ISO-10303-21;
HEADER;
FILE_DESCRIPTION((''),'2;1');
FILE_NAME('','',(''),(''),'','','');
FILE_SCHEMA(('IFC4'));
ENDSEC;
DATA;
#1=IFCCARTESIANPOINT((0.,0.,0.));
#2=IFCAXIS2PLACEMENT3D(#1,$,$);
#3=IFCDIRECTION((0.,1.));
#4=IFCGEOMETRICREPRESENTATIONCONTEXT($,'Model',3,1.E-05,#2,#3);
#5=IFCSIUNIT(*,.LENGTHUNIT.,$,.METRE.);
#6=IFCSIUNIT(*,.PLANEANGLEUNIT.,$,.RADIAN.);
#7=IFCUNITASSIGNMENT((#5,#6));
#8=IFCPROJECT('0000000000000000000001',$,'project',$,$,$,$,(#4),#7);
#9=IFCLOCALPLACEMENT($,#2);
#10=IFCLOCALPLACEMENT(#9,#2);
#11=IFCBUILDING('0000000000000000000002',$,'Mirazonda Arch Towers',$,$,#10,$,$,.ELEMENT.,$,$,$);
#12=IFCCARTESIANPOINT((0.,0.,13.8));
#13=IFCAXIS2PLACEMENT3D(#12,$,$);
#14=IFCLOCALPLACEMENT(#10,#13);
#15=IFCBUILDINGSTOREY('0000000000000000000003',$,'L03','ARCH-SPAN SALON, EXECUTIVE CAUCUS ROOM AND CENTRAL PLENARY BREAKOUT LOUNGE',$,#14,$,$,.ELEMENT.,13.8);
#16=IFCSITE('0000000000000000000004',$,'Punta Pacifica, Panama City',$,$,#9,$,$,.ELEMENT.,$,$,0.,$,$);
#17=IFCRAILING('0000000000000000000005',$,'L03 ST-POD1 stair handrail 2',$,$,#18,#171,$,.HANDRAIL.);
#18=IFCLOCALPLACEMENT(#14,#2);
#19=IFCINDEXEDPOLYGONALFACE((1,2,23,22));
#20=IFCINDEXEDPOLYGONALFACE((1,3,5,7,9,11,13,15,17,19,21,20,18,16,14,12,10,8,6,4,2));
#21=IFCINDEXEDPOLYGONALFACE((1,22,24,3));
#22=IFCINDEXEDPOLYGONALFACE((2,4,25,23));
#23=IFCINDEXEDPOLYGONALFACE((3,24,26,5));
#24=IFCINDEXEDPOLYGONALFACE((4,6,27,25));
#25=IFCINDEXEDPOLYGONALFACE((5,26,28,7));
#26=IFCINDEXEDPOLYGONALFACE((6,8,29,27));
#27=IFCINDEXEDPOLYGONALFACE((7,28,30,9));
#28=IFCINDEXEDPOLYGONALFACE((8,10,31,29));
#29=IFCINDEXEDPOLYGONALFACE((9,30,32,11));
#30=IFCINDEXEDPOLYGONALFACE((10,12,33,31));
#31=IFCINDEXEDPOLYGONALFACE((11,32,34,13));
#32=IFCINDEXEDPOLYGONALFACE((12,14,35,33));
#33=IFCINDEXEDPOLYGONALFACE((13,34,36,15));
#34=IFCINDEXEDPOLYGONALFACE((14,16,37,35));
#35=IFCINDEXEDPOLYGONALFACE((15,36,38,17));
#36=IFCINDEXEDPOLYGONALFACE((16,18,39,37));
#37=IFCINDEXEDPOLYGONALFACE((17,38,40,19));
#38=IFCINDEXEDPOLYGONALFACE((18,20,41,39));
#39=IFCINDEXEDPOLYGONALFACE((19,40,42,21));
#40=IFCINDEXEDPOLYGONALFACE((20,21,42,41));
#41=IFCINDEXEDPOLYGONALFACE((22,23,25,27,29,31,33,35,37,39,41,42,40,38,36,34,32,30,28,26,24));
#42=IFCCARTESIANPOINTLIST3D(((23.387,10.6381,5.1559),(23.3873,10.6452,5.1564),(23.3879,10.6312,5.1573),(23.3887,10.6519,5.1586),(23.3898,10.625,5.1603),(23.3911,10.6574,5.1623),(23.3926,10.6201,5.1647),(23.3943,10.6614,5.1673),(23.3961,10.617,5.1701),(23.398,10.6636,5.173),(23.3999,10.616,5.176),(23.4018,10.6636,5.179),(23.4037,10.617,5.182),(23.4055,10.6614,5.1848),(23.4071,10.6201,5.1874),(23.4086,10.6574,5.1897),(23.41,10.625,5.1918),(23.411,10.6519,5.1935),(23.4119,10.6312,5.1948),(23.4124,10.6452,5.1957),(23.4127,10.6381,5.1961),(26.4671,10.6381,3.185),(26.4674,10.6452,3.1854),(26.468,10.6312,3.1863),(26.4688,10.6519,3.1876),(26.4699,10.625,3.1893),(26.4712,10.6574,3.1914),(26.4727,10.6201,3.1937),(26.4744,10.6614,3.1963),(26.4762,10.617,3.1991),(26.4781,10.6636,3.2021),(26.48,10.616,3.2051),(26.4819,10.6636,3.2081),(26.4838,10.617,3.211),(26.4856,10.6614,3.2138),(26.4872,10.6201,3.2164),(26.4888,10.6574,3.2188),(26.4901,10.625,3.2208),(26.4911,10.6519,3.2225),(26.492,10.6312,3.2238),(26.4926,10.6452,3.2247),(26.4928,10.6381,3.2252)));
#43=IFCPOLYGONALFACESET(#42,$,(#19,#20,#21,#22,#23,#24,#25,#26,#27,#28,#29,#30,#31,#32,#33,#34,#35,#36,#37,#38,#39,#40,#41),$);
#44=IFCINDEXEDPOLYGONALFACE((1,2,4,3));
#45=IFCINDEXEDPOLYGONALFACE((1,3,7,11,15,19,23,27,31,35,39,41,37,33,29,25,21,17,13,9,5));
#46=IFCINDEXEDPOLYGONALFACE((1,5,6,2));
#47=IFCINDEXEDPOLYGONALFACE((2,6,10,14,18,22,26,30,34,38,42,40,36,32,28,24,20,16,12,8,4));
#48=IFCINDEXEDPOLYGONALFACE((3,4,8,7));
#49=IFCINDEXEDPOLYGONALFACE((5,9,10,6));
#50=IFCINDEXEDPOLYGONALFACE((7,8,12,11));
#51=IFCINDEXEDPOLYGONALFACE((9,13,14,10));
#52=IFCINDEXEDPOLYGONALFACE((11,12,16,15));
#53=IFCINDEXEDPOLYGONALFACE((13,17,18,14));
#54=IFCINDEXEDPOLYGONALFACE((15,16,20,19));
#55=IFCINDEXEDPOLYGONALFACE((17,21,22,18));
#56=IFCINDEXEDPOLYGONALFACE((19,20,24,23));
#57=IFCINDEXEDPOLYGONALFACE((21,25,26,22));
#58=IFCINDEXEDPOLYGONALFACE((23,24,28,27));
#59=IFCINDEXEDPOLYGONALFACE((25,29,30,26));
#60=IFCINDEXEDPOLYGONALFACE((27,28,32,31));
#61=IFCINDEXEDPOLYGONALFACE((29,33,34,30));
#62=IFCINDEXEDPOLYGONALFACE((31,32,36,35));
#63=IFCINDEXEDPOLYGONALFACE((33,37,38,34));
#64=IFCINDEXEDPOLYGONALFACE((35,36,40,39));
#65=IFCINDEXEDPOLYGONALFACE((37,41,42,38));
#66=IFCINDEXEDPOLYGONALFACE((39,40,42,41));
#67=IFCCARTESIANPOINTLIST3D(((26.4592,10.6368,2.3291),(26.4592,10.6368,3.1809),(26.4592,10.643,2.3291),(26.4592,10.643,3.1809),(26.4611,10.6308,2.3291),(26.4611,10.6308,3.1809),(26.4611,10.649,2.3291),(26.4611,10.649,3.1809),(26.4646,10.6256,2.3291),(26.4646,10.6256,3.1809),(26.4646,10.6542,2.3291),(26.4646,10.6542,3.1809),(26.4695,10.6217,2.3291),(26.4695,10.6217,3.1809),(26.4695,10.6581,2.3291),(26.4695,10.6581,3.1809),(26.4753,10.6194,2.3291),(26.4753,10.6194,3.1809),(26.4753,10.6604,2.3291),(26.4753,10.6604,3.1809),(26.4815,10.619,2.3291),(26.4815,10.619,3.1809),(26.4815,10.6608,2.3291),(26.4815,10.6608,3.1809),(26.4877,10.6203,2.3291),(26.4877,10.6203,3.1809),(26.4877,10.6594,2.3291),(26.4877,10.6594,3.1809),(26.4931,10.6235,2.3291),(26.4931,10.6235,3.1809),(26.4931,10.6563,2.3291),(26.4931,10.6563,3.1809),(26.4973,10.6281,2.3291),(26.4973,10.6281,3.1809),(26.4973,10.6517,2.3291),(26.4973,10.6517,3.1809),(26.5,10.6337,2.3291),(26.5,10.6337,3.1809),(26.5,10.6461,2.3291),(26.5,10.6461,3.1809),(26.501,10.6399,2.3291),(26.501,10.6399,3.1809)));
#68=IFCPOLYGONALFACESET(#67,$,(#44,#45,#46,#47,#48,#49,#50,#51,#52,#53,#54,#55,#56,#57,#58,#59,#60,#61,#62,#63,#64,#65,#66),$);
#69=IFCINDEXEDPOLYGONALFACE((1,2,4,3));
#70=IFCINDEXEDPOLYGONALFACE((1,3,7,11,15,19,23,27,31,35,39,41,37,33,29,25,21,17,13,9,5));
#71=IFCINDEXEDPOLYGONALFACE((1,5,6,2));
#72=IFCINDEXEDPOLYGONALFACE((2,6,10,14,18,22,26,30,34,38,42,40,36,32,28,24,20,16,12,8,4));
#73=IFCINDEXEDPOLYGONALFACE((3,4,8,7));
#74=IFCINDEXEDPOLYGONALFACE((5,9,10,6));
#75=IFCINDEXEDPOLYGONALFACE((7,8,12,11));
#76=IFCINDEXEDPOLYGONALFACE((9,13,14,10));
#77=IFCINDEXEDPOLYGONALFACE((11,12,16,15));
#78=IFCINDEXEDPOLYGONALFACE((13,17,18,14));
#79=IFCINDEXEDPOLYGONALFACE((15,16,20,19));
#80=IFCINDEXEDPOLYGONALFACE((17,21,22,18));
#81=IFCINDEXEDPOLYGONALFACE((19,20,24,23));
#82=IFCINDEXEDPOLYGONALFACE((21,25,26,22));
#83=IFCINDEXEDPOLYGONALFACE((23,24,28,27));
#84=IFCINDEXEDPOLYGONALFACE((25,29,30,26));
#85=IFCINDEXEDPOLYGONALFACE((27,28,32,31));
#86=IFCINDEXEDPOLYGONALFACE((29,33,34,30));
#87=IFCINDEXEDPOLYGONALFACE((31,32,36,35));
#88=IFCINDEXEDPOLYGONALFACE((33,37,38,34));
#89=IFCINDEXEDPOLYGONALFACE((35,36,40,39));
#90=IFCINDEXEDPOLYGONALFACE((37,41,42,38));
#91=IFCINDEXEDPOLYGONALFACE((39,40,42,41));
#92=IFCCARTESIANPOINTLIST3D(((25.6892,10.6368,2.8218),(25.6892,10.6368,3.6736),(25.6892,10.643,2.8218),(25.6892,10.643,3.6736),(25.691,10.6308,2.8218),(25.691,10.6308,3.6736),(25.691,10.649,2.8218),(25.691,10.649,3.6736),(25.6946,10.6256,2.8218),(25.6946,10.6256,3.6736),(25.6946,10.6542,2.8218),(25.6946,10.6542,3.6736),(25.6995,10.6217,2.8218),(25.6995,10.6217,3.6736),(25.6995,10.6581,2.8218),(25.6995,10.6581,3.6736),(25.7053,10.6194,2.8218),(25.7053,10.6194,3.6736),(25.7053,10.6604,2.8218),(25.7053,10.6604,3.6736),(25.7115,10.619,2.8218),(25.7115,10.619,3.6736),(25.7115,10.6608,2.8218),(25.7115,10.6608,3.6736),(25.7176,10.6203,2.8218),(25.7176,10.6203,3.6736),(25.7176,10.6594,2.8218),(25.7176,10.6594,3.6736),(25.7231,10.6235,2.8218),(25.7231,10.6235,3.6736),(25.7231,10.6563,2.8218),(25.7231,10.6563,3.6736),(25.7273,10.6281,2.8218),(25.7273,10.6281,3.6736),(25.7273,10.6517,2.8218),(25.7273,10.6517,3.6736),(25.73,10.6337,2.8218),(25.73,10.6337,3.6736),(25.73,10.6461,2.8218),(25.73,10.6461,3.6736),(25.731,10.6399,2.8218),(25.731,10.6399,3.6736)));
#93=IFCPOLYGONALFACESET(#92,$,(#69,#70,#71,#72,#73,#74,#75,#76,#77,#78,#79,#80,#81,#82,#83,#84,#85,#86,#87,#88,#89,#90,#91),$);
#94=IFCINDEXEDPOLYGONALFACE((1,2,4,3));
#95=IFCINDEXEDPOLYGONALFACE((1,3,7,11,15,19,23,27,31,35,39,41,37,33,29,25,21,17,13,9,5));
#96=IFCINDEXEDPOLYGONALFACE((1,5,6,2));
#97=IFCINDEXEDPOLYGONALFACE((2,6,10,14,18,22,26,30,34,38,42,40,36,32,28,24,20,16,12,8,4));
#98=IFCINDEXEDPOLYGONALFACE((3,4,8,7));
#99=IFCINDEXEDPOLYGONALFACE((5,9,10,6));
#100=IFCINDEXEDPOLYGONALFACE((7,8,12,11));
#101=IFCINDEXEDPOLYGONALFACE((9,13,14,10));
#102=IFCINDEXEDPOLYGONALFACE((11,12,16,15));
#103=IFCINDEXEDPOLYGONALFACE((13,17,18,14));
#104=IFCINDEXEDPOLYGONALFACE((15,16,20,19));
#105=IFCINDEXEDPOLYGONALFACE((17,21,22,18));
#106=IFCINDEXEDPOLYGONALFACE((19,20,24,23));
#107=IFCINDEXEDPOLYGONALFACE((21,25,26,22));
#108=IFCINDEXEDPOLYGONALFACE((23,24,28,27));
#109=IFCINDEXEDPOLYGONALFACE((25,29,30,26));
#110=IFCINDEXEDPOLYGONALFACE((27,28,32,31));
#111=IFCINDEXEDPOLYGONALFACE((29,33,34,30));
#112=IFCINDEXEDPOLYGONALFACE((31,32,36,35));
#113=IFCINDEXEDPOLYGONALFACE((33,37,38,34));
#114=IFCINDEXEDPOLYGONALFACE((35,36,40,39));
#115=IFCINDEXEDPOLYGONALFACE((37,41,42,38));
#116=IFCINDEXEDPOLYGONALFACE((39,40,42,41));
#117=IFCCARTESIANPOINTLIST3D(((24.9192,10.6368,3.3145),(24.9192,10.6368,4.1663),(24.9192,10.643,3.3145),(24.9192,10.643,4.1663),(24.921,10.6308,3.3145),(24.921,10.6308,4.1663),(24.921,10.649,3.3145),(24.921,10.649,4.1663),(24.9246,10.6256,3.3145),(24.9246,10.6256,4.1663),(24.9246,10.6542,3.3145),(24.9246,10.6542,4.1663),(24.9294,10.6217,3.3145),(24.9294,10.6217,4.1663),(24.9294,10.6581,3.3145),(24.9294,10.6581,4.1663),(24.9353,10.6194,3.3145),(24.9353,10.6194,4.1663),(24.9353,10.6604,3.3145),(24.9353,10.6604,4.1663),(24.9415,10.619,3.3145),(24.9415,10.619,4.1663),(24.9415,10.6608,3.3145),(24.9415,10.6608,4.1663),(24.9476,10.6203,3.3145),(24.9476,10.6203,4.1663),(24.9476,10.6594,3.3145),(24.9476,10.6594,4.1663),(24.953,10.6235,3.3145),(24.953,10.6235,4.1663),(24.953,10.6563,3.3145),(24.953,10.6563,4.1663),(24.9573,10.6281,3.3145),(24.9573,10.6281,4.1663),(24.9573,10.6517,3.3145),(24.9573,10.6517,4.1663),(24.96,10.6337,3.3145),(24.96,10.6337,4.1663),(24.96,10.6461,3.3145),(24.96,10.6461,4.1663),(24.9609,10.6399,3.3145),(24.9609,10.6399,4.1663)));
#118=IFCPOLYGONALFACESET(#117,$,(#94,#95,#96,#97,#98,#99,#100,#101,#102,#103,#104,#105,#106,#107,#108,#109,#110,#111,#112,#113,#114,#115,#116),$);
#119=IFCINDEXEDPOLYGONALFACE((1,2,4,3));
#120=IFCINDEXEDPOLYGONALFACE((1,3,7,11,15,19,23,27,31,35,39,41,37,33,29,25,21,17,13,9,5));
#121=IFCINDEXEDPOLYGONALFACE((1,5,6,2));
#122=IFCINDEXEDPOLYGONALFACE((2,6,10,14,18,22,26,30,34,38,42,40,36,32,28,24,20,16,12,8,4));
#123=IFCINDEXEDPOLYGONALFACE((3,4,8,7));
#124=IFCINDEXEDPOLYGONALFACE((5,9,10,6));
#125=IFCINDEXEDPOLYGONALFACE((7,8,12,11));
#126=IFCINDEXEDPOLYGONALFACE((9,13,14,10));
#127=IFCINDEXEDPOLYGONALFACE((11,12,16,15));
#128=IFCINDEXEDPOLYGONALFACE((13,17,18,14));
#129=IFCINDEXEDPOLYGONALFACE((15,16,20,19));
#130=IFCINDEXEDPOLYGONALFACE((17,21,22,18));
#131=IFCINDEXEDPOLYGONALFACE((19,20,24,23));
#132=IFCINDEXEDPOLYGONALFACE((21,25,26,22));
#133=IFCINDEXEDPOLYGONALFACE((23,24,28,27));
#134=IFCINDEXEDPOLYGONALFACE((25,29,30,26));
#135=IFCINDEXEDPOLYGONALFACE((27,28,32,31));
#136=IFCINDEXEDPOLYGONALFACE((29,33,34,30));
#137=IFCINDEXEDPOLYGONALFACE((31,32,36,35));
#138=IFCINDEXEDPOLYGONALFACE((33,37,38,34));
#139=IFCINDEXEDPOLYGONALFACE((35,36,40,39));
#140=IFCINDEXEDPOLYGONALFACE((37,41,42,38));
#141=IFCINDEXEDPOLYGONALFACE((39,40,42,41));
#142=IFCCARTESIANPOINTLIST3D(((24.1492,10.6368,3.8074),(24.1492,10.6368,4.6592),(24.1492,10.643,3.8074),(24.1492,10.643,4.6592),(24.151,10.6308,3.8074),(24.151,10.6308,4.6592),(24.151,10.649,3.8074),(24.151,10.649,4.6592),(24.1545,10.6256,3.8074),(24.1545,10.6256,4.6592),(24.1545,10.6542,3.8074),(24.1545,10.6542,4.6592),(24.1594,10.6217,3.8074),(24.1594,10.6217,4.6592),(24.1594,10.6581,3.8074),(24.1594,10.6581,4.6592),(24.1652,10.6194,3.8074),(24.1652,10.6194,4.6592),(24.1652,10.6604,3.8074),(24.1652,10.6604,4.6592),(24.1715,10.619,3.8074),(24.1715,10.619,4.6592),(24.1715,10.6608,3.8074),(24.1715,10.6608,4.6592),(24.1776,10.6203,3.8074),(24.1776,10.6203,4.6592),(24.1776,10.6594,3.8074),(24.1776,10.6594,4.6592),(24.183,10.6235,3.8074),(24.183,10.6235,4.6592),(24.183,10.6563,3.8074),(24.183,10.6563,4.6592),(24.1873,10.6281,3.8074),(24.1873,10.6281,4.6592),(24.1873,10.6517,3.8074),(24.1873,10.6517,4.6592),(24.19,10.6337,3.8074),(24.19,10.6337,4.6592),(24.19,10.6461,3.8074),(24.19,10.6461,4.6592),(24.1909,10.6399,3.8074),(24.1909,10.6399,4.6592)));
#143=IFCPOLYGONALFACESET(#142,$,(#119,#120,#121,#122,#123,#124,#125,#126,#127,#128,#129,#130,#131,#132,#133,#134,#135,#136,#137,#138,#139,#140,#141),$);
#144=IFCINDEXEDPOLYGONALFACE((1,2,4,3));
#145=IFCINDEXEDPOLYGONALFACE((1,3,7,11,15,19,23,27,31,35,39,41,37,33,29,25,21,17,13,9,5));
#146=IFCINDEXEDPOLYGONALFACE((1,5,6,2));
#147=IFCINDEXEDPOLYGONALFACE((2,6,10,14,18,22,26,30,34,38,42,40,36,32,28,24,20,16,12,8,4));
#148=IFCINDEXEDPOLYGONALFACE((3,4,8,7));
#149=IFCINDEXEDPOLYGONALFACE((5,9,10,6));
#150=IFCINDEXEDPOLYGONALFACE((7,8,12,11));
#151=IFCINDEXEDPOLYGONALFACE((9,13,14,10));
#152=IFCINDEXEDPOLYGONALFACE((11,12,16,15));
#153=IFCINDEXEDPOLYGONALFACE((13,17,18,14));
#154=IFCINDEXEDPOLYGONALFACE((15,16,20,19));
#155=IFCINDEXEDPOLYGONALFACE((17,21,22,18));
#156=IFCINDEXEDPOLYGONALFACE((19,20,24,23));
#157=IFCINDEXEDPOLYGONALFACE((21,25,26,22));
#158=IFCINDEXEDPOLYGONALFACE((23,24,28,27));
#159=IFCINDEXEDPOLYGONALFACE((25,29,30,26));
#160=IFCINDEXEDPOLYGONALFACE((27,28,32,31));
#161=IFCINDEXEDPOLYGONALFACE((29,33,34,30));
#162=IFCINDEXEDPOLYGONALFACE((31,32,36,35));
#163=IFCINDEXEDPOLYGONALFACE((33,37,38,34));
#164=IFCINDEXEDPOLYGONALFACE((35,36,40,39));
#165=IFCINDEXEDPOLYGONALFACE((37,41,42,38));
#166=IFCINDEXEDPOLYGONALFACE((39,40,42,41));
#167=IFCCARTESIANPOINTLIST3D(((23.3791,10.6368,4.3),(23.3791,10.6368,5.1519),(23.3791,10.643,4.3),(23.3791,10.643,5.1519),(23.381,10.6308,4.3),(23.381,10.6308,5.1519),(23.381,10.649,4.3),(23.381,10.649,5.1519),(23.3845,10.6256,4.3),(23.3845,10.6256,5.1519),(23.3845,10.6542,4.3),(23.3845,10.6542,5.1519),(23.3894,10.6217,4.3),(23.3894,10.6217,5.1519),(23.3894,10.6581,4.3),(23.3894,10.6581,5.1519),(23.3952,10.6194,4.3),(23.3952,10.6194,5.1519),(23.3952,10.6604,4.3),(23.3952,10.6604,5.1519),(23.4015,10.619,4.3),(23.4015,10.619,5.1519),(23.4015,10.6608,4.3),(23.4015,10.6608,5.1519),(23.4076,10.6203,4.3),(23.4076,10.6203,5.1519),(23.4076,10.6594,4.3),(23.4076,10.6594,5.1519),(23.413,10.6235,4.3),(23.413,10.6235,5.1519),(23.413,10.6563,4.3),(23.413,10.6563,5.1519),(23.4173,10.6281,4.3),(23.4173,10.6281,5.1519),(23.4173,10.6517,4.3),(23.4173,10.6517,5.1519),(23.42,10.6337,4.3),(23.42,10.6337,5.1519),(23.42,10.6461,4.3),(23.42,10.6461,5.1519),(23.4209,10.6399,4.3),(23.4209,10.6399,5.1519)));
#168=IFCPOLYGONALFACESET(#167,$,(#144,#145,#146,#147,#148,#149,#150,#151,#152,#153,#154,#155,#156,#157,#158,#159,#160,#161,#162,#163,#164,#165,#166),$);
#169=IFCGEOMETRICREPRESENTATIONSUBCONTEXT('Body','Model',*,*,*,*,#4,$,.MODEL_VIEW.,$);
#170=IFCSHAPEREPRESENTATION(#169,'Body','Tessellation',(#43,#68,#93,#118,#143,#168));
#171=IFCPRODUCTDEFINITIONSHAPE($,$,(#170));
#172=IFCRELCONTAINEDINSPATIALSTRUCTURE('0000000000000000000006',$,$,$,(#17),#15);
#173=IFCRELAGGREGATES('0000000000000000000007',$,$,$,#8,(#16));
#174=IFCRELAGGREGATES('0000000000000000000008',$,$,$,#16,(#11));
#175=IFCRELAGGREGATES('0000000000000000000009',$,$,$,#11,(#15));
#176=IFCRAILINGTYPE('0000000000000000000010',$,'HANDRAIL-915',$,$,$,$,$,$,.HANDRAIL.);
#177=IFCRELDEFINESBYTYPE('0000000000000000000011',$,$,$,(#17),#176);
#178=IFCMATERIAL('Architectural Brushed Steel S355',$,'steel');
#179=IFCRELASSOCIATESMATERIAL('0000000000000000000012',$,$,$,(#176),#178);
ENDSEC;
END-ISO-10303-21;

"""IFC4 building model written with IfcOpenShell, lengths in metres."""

from ifc_helpers import new_model, si_unit, direction, frame, origin, origin_2d, place, context, subcontext, project, spatial, circle, extrude, material, type_object, element, save


model = new_model("IFC4")

# Units and contexts
model_context = context("Model", 3, precision=1e-05, world=origin(), true_north=direction((0.0, 1.0)))
body_context = subcontext(model_context, "Body", "Model", "MODEL_VIEW")
ifc_project = project(units=[si_unit("LENGTHUNIT", "METRE"), si_unit("PLANEANGLEUNIT", "RADIAN")], contexts=[model_context])

# Site, building, storey
site_placement = place(None, origin())
site = spatial("IfcSite", under=ifc_project, at=site_placement, Name="Punta Pacifica, Panama City", CompositionType="ELEMENT", RefElevation=0.0)
building_placement = place(site_placement, origin())
building = spatial("IfcBuilding", under=site, at=building_placement, Name="Mirazonda Arch Towers", CompositionType="ELEMENT")
storey_placement = place(building_placement, frame((0.0, 0.0, 13.8)))
storey = spatial("IfcBuildingStorey", under=building, at=storey_placement, Name="L03", Description="ARCH-SPAN SALON, EXECUTIVE CAUCUS ROOM AND CENTRAL PLENARY BREAKOUT LOUNGE", CompositionType="ELEMENT", Elevation=13.8)

# Railing
ifc_material_1 = material(Name="Architectural Brushed Steel S355", Category="steel")
railing_type_1 = type_object("IfcRailingType", Name="HANDRAIL-915", PredefinedType="HANDRAIL", material=ifc_material_1)
railing_1_placement = place(storey_placement, frame((26.48, 10.6399, 2.3291)))
element("IfcRailing", 1, at=railing_1_placement, inside=storey, type_object=railing_type_1, Name="L03 ST-POD1 stair handrail 2", PredefinedType="HANDRAIL", context=body_context, shape_type="SweptSolid", body=[
    extrude(circle(Radius=0.0239, at=origin_2d()), frame((0.0, 0.0, 0.876), z_axis=(-0.842309, 0.0, 0.538995), x_axis=(0.0, -1.0, 0.0)), (0.0, 0.0, 1.0), 3.6567),
    extrude(circle(Radius=0.021, at=origin_2d()), origin(), (0.0, 0.0, 1.0), 0.8518),
    extrude(circle(Radius=0.021, at=origin_2d()), frame((-0.77, 0.0, 0.4927)), (0.0, 0.0, 1.0), 0.8518),
    extrude(circle(Radius=0.021, at=origin_2d()), frame((-1.54, 0.0, 0.9854)), (0.0, 0.0, 1.0), 0.8518),
    extrude(circle(Radius=0.021, at=origin_2d()), frame((-2.3101, 0.0, 1.4783)), (0.0, 0.0, 1.0), 0.8518),
    extrude(circle(Radius=0.021, at=origin_2d()), frame((-3.0801, 0.0, 1.9709)), (0.0, 0.0, 1.0), 0.8518),
])

save(model, "model.ifc")
